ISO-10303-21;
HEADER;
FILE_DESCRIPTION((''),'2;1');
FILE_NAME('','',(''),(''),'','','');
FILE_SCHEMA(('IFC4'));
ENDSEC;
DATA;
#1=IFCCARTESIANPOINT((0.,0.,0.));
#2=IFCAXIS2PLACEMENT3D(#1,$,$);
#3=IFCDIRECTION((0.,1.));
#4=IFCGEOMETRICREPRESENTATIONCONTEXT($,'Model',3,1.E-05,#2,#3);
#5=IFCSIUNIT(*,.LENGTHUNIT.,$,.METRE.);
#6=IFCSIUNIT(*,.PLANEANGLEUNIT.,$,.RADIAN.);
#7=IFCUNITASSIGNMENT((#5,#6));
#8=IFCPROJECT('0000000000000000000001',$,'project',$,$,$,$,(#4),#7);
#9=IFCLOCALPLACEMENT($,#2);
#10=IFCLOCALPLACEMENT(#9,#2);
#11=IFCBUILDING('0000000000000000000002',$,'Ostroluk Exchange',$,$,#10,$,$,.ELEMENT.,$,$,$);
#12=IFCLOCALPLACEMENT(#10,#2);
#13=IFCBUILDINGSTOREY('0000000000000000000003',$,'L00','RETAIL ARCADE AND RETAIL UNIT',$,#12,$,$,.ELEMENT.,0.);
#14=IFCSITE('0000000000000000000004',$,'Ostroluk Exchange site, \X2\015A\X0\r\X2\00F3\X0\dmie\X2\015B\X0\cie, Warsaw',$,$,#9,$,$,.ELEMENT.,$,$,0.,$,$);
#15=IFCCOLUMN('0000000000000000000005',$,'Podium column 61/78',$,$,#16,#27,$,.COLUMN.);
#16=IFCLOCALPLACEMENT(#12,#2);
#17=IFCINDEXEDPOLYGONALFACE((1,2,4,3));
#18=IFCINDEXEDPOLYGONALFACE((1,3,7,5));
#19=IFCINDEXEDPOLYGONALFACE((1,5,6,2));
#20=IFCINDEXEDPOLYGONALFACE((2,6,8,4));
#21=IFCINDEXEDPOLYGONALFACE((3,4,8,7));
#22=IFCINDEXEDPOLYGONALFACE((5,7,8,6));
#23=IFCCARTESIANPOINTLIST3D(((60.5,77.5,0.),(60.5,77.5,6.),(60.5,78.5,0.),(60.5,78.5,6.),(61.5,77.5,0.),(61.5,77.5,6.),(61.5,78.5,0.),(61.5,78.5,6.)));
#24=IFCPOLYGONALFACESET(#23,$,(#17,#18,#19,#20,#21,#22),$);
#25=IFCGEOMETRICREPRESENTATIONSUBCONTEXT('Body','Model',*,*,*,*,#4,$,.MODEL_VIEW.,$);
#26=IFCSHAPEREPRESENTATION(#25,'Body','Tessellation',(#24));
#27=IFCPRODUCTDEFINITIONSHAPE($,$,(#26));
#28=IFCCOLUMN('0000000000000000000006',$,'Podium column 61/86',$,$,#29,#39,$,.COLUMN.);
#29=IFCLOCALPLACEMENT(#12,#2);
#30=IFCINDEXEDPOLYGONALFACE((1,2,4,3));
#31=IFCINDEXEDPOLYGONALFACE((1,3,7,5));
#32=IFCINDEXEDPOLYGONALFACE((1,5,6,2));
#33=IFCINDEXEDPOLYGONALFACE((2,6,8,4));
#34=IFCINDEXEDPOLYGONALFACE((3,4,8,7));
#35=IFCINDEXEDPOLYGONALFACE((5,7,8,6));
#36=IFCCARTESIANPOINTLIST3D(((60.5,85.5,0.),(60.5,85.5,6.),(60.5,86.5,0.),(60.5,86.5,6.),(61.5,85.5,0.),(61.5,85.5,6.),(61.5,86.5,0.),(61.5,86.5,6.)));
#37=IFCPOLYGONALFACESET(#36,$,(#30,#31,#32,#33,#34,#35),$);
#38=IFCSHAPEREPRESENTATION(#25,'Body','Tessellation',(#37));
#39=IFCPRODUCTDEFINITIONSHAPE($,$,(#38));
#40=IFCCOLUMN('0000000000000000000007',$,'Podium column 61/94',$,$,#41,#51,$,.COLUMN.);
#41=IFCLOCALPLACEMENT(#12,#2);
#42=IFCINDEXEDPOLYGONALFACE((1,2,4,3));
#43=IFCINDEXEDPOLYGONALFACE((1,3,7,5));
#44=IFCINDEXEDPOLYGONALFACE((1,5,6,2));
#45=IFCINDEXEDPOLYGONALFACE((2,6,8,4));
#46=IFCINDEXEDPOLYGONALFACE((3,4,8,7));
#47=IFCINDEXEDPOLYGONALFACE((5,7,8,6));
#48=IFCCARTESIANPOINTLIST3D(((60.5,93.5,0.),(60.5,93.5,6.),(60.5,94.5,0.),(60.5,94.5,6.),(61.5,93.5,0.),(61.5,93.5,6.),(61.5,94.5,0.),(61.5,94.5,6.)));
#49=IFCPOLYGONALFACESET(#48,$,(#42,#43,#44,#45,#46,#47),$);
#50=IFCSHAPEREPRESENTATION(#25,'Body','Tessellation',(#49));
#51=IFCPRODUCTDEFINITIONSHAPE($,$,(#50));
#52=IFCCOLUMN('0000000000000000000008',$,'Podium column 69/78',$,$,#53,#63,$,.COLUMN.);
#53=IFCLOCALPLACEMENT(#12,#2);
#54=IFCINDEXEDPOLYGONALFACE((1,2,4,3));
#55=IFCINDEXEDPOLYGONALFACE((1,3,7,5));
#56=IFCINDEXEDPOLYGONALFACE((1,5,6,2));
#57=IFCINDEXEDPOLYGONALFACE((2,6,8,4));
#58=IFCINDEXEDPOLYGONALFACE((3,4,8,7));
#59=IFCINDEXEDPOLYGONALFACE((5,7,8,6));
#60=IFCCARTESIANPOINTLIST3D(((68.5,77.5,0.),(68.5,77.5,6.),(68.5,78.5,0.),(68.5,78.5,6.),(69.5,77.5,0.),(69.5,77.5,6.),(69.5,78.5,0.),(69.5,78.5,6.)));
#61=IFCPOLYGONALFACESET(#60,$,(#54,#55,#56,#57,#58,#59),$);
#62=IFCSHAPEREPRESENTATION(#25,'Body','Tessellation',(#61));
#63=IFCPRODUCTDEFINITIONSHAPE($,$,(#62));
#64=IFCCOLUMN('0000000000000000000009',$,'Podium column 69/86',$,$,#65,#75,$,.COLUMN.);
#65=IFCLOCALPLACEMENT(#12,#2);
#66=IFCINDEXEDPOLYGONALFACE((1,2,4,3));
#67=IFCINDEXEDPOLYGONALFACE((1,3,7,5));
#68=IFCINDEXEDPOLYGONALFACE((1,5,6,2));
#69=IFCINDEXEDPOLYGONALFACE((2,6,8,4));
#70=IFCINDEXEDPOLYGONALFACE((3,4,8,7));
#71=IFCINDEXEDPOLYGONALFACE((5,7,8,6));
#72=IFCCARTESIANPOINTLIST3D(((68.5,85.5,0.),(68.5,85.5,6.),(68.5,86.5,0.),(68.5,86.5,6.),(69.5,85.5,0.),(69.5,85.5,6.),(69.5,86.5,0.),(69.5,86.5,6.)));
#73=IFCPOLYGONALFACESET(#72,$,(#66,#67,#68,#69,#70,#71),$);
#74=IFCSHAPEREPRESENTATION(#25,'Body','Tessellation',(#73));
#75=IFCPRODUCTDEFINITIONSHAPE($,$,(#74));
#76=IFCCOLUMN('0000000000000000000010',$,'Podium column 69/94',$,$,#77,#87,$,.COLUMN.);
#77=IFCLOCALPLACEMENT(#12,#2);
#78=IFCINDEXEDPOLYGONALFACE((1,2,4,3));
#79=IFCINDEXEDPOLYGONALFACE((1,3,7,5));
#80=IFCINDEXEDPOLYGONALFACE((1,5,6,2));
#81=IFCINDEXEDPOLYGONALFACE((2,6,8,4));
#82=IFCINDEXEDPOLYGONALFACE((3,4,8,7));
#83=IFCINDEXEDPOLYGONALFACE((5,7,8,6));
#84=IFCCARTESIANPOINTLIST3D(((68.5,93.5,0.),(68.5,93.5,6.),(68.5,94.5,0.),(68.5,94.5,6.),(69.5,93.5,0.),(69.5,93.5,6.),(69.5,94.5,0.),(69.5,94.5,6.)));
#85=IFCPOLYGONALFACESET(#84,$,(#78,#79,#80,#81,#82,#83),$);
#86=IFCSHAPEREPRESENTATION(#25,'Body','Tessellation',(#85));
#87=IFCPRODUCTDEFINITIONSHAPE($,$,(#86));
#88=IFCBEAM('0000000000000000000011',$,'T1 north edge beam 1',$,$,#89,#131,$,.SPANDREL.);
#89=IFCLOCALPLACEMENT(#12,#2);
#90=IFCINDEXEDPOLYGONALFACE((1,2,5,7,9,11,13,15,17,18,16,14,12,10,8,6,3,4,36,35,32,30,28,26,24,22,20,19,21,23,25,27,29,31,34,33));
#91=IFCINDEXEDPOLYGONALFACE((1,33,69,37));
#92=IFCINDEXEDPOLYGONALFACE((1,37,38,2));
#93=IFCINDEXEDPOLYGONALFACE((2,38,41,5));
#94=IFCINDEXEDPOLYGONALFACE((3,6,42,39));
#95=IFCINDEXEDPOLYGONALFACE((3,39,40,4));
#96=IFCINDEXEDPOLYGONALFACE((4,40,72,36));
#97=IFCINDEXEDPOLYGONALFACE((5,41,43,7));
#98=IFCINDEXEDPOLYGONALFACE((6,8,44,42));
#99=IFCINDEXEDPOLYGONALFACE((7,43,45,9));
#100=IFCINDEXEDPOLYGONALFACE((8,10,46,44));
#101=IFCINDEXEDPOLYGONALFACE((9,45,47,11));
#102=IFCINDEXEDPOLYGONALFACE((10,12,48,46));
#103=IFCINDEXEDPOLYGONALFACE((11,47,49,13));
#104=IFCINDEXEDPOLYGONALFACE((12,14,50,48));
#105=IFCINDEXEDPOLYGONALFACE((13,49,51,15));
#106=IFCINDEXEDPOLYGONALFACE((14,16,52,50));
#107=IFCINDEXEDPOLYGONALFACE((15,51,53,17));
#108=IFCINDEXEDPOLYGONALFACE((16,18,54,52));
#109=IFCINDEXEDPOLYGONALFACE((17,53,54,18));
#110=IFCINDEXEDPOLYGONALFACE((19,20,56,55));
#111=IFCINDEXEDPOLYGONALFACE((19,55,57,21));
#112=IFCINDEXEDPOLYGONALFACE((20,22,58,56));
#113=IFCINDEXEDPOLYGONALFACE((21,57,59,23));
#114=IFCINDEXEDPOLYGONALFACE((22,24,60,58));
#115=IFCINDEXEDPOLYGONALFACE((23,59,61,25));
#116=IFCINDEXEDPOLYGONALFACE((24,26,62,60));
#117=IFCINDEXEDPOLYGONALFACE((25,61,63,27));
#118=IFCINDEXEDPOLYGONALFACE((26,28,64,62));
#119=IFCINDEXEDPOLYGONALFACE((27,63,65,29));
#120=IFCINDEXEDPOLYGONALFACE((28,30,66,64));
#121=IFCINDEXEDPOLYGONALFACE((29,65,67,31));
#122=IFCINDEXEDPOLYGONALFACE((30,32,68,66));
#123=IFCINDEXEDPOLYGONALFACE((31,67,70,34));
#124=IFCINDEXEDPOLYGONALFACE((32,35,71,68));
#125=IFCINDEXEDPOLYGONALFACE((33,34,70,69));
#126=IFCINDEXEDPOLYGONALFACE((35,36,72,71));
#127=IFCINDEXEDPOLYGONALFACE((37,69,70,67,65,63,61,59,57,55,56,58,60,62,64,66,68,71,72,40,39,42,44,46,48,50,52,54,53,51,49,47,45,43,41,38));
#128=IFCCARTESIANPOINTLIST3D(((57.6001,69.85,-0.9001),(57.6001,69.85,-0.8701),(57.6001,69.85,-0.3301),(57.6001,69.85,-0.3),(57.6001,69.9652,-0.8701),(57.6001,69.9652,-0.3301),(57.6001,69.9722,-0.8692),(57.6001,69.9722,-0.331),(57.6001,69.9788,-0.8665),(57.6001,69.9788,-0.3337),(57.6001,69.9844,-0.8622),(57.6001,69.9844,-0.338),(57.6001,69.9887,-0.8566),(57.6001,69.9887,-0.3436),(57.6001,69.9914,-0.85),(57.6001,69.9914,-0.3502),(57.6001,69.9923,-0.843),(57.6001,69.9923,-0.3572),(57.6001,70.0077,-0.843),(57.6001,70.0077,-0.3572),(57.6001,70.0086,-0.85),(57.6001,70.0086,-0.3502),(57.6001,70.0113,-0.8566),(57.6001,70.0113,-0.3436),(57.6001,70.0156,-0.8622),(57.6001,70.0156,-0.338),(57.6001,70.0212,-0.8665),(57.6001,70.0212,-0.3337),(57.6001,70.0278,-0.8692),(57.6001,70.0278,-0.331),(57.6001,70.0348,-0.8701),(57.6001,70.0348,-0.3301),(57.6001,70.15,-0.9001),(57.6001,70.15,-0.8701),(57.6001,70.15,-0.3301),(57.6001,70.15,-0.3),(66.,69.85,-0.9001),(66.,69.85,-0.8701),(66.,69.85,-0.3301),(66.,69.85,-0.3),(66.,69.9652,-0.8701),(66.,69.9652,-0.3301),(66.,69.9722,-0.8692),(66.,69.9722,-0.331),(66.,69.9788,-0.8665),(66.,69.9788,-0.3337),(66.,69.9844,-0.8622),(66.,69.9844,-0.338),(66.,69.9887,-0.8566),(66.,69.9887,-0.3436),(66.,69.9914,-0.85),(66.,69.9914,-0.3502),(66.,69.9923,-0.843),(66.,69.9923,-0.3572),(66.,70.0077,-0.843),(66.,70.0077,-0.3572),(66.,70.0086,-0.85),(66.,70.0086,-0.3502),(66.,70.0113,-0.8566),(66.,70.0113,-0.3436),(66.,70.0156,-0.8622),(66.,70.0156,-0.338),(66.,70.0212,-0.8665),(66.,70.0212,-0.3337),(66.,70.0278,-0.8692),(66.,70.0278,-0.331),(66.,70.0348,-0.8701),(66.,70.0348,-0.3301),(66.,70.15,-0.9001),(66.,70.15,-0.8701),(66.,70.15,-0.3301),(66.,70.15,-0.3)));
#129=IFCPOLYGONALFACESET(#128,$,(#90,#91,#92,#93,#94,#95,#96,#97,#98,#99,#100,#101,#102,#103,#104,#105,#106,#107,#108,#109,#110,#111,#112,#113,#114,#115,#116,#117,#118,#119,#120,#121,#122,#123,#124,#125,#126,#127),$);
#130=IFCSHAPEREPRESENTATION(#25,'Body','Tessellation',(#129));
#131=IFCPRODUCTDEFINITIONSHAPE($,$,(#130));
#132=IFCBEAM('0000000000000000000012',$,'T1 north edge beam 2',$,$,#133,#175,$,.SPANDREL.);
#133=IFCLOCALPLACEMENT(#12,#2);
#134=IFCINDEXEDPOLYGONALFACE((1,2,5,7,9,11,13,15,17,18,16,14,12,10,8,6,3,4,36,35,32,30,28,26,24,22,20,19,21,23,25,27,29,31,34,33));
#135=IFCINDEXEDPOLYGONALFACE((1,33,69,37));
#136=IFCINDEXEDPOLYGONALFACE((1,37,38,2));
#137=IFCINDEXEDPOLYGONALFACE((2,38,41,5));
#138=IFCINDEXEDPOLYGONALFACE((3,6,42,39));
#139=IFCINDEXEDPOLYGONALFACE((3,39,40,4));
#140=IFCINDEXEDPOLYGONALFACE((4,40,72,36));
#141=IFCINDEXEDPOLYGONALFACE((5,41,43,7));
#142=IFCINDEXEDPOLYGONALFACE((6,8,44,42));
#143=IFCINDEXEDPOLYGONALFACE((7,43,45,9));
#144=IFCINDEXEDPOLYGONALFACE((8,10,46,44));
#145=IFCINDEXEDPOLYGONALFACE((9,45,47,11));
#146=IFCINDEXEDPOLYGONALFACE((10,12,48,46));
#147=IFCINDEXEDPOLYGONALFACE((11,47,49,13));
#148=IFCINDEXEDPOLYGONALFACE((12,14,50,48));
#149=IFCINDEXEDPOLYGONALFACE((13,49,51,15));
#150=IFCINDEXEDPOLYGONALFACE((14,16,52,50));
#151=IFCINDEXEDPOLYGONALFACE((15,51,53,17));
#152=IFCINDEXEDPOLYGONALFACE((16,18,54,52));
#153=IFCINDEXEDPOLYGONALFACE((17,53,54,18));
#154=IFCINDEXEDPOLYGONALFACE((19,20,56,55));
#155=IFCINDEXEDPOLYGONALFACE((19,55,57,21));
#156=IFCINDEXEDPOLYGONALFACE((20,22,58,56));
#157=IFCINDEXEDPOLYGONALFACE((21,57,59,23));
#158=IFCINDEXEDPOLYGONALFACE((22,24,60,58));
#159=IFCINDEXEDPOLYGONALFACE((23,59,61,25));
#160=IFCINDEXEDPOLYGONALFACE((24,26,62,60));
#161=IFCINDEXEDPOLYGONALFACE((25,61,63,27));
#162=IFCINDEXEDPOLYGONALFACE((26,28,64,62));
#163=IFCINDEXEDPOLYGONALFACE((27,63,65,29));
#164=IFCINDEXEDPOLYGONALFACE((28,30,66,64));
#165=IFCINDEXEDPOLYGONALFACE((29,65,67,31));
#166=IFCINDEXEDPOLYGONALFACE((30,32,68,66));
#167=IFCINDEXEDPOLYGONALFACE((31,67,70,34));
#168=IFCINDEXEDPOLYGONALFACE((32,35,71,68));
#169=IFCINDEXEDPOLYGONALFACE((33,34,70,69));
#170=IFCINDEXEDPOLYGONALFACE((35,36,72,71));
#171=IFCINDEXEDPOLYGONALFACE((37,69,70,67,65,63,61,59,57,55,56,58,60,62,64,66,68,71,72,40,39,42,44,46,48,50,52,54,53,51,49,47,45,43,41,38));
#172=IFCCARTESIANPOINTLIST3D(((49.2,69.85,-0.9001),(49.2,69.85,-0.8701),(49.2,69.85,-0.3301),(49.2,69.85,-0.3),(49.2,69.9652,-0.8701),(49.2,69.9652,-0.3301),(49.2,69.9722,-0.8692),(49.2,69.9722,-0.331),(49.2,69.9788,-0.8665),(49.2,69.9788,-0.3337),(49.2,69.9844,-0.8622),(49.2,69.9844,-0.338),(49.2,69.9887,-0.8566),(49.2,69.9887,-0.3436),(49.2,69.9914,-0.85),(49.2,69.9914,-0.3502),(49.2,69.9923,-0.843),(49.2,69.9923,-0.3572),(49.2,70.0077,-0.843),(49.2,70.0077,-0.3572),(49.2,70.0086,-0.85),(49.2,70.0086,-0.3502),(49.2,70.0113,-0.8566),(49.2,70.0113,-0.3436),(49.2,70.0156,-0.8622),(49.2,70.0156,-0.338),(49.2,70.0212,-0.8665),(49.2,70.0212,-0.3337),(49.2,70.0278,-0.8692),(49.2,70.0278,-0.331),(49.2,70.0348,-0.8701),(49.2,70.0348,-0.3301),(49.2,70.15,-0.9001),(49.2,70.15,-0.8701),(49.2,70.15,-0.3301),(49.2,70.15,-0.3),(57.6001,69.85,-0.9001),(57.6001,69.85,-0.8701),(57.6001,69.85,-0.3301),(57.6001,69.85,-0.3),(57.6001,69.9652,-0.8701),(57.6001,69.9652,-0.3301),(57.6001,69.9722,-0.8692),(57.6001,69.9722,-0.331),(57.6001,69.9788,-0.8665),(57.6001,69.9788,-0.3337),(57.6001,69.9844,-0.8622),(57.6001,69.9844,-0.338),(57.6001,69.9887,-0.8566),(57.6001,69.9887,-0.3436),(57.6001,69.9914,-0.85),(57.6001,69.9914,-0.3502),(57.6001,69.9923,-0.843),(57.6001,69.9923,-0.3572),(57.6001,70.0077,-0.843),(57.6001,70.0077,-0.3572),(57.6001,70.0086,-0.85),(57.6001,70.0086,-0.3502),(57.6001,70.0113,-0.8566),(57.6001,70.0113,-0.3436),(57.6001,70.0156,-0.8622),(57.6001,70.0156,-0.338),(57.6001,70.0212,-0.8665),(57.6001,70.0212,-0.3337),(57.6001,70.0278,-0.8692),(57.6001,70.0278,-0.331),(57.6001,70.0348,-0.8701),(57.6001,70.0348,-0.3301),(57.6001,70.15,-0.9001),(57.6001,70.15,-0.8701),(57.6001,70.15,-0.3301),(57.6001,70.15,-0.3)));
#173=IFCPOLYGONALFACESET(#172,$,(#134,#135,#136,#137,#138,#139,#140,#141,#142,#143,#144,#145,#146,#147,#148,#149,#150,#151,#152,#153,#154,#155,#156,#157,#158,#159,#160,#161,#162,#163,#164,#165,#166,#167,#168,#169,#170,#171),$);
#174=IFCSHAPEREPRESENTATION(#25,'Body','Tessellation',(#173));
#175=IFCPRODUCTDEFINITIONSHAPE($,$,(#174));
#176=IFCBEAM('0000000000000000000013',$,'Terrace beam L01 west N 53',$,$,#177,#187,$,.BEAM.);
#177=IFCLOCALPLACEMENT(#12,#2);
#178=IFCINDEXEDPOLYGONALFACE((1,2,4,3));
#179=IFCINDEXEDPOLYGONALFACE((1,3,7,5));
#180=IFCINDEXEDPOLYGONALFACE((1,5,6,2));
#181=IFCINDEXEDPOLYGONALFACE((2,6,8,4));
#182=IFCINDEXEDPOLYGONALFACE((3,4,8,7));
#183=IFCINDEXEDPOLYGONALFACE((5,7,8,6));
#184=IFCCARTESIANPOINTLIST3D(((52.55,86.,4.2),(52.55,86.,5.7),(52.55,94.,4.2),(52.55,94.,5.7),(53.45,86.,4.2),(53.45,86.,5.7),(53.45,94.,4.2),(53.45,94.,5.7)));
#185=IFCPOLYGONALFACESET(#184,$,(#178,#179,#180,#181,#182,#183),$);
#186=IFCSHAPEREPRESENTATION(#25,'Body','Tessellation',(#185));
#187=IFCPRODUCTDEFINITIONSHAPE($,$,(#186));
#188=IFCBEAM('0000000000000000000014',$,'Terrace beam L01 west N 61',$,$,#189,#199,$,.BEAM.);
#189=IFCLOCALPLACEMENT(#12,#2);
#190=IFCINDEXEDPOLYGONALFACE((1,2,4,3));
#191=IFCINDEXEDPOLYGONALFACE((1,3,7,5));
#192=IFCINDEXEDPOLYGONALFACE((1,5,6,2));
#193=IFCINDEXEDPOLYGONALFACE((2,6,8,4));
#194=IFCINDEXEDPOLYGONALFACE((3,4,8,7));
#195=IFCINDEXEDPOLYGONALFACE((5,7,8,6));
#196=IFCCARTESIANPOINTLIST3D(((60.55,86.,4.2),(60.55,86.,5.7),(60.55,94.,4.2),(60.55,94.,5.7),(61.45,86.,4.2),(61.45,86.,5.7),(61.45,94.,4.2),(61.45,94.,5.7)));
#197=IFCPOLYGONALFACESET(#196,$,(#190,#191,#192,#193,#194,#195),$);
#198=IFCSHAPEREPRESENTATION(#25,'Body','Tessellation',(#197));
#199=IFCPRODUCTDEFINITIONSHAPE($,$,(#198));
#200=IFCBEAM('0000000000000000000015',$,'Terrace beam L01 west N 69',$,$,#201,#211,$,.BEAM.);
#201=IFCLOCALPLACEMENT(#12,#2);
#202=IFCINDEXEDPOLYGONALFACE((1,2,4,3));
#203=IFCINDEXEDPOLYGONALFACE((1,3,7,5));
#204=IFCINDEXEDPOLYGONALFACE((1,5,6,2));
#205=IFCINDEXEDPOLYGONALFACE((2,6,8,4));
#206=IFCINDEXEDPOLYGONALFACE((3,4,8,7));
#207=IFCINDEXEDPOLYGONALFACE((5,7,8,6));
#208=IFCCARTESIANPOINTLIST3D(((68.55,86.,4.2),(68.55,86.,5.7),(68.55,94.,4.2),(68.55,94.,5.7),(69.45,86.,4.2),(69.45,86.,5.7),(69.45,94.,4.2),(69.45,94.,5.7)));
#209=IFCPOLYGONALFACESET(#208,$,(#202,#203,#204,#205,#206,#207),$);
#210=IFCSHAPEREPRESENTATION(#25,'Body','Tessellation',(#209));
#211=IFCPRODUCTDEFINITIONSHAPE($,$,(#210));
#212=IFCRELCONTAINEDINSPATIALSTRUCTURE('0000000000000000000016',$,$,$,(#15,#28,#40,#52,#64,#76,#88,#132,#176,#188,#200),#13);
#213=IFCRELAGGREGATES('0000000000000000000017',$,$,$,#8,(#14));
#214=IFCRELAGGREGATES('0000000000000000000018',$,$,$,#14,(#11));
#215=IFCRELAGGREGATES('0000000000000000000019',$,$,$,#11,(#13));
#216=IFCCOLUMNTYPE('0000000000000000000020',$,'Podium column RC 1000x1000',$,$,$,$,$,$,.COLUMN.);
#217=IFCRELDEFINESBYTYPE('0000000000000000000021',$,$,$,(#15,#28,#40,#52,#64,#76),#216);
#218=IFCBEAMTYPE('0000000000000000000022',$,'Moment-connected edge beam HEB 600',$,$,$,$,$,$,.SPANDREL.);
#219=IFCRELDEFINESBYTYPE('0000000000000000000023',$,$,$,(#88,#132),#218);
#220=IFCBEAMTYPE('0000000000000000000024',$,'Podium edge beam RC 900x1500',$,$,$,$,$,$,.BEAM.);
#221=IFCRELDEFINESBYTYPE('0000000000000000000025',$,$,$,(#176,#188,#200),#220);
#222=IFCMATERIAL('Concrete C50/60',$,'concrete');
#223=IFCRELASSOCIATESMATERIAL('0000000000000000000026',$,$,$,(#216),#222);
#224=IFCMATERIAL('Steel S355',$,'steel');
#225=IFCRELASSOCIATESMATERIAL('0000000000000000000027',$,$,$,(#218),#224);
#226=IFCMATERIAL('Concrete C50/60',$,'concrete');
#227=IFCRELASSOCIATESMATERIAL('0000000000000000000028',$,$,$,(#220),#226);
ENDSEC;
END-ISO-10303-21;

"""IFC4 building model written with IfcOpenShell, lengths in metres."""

from ifc_helpers import new_model, si_unit, direction, frame, origin, origin_2d, place, context, subcontext, project, spatial, rectangle, i_section, extrude, material, material_profile, profile_set, type_object, element, save


model = new_model("IFC4")

# Units and contexts
model_context = context("Model", 3, precision=1e-05, world=origin(), true_north=direction((0.0, 1.0)))
body_context = subcontext(model_context, "Body", "Model", "MODEL_VIEW")
ifc_project = project(units=[si_unit("LENGTHUNIT", "METRE"), si_unit("PLANEANGLEUNIT", "RADIAN")], contexts=[model_context])

# Site, building, storey
site_placement = place(None, origin())
site = spatial("IfcSite", under=ifc_project, at=site_placement, Name="Ostroluk Exchange site, Śródmieście, Warsaw", CompositionType="ELEMENT", RefElevation=0.0)
building_placement = place(site_placement, origin())
building = spatial("IfcBuilding", under=site, at=building_placement, Name="Ostroluk Exchange", CompositionType="ELEMENT")
storey_placement = place(building_placement, origin())
storey = spatial("IfcBuildingStorey", under=building, at=storey_placement, Name="L00", Description="RETAIL ARCADE AND RETAIL UNIT", CompositionType="ELEMENT", Elevation=0.0)

# Columns
ifc_material_1 = material(Name="Concrete C50/60", Category="concrete")
ifc_material_profile_1 = material_profile(ifc_material_1, rectangle(XDim=1.0, YDim=1.0, at=origin_2d()), Name="RC 1000x1000")
ifc_profile_set_1 = profile_set([ifc_material_profile_1], Name="Concrete C50/60")
column_type_1 = type_object("IfcColumnType", Name="Podium column RC 1000x1000", PredefinedType="COLUMN", material=ifc_profile_set_1)
for number, where, z_axis, x_axis, name in (
    (1, (61.0, 78.0, 0.0), (0.0, 0.0, 1.0), (1.0, 0.0, 0.0), "Podium column 61/78"),
    (2, (61.0, 86.0, 0.0), (0.0, 0.0, 1.0), (1.0, 0.0, 0.0), "Podium column 61/86"),
    (3, (61.0, 94.0, 0.0), (0.0, 0.0, 1.0), (1.0, 0.0, 0.0), "Podium column 61/94"),
    (4, (69.0, 78.0, 0.0), (0.0, 0.0, 1.0), (1.0, 0.0, 0.0), "Podium column 69/78"),
    (5, (69.0, 86.0, 0.0), (0.0, 0.0, 1.0), (1.0, 0.0, 0.0), "Podium column 69/86"),
    (6, (69.0, 94.0, 0.0), (0.0, 0.0, 1.0), (1.0, 0.0, 0.0), "Podium column 69/94"),
):
    element("IfcColumn", number, at=place(storey_placement, frame(where, z_axis=z_axis, x_axis=x_axis)), inside=storey, type_object=column_type_1, Name=name, PredefinedType="COLUMN", context=body_context, shape_type="SweptSolid", body=[
        extrude(rectangle(XDim=1.0, YDim=1.0, at=origin_2d()), origin(), (0.0, 0.0, 1.0), 6.0),
    ])

# Beams
ifc_material_2 = material(Name="Steel S355", Category="steel")
ifc_material_profile_2 = material_profile(ifc_material_2, i_section(OverallWidth=0.3, OverallDepth=0.6001, WebThickness=0.0154, FlangeThickness=0.03, FilletRadius=0.0271, at=origin_2d()), Name="HEB 600")
ifc_profile_set_2 = profile_set([ifc_material_profile_2], Name="Steel S355")
beam_type_1 = type_object("IfcBeamType", Name="Moment-connected edge beam HEB 600", PredefinedType="SPANDREL", material=ifc_profile_set_2)
beam_1_placement = place(storey_placement, frame((66.0, 70.0, -0.6001), z_axis=(-1.0, 0.0, 0.0), x_axis=(0.0, -1.0, 0.0)))
element("IfcBeam", 7, at=beam_1_placement, inside=storey, type_object=beam_type_1, Name="T1 north edge beam 1", PredefinedType="SPANDREL", context=body_context, shape_type="SweptSolid", body=[
    extrude(i_section(OverallWidth=0.3, OverallDepth=0.6001, WebThickness=0.0154, FlangeThickness=0.03, FilletRadius=0.0271, at=origin_2d()), origin(), (0.0, 0.0, 1.0), 8.3999),
])
beam_2_placement = place(storey_placement, frame((57.6001, 70.0, -0.6001), z_axis=(-1.0, 0.0, 0.0), x_axis=(0.0, -1.0, 0.0)))
element("IfcBeam", 8, at=beam_2_placement, inside=storey, type_object=beam_type_1, Name="T1 north edge beam 2", PredefinedType="SPANDREL", context=body_context, shape_type="SweptSolid", body=[
    extrude(i_section(OverallWidth=0.3, OverallDepth=0.6001, WebThickness=0.0154, FlangeThickness=0.03, FilletRadius=0.0271, at=origin_2d()), origin(), (0.0, 0.0, 1.0), 8.4001),
])
ifc_material_3 = material(Name="Concrete C50/60", Category="concrete")
ifc_material_profile_3 = material_profile(ifc_material_3, rectangle(XDim=0.8999, YDim=1.5, at=origin_2d()), Name="RC 900x1500")
ifc_profile_set_3 = profile_set([ifc_material_profile_3], Name="Concrete C50/60")
beam_type_2 = type_object("IfcBeamType", Name="Podium edge beam RC 900x1500", PredefinedType="BEAM", material=ifc_profile_set_3)
for number, where, z_axis, x_axis, name in (
    (9, (53.0, 94.0, 4.95), (0.0, -1.0, 0.0), (1.0, 0.0, 0.0), "Terrace beam L01 west N 53"),
    (10, (61.0, 94.0, 4.95), (0.0, -1.0, 0.0), (1.0, 0.0, 0.0), "Terrace beam L01 west N 61"),
    (11, (69.0, 94.0, 4.95), (0.0, -1.0, 0.0), (1.0, 0.0, 0.0), "Terrace beam L01 west N 69"),
):
    element("IfcBeam", number, at=place(storey_placement, frame(where, z_axis=z_axis, x_axis=x_axis)), inside=storey, type_object=beam_type_2, Name=name, PredefinedType="BEAM", context=body_context, shape_type="SweptSolid", body=[
        extrude(rectangle(XDim=0.8999, YDim=1.5, at=origin_2d()), origin(), (0.0, 0.0, 1.0), 8.0),
    ])

save(model, "model.ifc")
